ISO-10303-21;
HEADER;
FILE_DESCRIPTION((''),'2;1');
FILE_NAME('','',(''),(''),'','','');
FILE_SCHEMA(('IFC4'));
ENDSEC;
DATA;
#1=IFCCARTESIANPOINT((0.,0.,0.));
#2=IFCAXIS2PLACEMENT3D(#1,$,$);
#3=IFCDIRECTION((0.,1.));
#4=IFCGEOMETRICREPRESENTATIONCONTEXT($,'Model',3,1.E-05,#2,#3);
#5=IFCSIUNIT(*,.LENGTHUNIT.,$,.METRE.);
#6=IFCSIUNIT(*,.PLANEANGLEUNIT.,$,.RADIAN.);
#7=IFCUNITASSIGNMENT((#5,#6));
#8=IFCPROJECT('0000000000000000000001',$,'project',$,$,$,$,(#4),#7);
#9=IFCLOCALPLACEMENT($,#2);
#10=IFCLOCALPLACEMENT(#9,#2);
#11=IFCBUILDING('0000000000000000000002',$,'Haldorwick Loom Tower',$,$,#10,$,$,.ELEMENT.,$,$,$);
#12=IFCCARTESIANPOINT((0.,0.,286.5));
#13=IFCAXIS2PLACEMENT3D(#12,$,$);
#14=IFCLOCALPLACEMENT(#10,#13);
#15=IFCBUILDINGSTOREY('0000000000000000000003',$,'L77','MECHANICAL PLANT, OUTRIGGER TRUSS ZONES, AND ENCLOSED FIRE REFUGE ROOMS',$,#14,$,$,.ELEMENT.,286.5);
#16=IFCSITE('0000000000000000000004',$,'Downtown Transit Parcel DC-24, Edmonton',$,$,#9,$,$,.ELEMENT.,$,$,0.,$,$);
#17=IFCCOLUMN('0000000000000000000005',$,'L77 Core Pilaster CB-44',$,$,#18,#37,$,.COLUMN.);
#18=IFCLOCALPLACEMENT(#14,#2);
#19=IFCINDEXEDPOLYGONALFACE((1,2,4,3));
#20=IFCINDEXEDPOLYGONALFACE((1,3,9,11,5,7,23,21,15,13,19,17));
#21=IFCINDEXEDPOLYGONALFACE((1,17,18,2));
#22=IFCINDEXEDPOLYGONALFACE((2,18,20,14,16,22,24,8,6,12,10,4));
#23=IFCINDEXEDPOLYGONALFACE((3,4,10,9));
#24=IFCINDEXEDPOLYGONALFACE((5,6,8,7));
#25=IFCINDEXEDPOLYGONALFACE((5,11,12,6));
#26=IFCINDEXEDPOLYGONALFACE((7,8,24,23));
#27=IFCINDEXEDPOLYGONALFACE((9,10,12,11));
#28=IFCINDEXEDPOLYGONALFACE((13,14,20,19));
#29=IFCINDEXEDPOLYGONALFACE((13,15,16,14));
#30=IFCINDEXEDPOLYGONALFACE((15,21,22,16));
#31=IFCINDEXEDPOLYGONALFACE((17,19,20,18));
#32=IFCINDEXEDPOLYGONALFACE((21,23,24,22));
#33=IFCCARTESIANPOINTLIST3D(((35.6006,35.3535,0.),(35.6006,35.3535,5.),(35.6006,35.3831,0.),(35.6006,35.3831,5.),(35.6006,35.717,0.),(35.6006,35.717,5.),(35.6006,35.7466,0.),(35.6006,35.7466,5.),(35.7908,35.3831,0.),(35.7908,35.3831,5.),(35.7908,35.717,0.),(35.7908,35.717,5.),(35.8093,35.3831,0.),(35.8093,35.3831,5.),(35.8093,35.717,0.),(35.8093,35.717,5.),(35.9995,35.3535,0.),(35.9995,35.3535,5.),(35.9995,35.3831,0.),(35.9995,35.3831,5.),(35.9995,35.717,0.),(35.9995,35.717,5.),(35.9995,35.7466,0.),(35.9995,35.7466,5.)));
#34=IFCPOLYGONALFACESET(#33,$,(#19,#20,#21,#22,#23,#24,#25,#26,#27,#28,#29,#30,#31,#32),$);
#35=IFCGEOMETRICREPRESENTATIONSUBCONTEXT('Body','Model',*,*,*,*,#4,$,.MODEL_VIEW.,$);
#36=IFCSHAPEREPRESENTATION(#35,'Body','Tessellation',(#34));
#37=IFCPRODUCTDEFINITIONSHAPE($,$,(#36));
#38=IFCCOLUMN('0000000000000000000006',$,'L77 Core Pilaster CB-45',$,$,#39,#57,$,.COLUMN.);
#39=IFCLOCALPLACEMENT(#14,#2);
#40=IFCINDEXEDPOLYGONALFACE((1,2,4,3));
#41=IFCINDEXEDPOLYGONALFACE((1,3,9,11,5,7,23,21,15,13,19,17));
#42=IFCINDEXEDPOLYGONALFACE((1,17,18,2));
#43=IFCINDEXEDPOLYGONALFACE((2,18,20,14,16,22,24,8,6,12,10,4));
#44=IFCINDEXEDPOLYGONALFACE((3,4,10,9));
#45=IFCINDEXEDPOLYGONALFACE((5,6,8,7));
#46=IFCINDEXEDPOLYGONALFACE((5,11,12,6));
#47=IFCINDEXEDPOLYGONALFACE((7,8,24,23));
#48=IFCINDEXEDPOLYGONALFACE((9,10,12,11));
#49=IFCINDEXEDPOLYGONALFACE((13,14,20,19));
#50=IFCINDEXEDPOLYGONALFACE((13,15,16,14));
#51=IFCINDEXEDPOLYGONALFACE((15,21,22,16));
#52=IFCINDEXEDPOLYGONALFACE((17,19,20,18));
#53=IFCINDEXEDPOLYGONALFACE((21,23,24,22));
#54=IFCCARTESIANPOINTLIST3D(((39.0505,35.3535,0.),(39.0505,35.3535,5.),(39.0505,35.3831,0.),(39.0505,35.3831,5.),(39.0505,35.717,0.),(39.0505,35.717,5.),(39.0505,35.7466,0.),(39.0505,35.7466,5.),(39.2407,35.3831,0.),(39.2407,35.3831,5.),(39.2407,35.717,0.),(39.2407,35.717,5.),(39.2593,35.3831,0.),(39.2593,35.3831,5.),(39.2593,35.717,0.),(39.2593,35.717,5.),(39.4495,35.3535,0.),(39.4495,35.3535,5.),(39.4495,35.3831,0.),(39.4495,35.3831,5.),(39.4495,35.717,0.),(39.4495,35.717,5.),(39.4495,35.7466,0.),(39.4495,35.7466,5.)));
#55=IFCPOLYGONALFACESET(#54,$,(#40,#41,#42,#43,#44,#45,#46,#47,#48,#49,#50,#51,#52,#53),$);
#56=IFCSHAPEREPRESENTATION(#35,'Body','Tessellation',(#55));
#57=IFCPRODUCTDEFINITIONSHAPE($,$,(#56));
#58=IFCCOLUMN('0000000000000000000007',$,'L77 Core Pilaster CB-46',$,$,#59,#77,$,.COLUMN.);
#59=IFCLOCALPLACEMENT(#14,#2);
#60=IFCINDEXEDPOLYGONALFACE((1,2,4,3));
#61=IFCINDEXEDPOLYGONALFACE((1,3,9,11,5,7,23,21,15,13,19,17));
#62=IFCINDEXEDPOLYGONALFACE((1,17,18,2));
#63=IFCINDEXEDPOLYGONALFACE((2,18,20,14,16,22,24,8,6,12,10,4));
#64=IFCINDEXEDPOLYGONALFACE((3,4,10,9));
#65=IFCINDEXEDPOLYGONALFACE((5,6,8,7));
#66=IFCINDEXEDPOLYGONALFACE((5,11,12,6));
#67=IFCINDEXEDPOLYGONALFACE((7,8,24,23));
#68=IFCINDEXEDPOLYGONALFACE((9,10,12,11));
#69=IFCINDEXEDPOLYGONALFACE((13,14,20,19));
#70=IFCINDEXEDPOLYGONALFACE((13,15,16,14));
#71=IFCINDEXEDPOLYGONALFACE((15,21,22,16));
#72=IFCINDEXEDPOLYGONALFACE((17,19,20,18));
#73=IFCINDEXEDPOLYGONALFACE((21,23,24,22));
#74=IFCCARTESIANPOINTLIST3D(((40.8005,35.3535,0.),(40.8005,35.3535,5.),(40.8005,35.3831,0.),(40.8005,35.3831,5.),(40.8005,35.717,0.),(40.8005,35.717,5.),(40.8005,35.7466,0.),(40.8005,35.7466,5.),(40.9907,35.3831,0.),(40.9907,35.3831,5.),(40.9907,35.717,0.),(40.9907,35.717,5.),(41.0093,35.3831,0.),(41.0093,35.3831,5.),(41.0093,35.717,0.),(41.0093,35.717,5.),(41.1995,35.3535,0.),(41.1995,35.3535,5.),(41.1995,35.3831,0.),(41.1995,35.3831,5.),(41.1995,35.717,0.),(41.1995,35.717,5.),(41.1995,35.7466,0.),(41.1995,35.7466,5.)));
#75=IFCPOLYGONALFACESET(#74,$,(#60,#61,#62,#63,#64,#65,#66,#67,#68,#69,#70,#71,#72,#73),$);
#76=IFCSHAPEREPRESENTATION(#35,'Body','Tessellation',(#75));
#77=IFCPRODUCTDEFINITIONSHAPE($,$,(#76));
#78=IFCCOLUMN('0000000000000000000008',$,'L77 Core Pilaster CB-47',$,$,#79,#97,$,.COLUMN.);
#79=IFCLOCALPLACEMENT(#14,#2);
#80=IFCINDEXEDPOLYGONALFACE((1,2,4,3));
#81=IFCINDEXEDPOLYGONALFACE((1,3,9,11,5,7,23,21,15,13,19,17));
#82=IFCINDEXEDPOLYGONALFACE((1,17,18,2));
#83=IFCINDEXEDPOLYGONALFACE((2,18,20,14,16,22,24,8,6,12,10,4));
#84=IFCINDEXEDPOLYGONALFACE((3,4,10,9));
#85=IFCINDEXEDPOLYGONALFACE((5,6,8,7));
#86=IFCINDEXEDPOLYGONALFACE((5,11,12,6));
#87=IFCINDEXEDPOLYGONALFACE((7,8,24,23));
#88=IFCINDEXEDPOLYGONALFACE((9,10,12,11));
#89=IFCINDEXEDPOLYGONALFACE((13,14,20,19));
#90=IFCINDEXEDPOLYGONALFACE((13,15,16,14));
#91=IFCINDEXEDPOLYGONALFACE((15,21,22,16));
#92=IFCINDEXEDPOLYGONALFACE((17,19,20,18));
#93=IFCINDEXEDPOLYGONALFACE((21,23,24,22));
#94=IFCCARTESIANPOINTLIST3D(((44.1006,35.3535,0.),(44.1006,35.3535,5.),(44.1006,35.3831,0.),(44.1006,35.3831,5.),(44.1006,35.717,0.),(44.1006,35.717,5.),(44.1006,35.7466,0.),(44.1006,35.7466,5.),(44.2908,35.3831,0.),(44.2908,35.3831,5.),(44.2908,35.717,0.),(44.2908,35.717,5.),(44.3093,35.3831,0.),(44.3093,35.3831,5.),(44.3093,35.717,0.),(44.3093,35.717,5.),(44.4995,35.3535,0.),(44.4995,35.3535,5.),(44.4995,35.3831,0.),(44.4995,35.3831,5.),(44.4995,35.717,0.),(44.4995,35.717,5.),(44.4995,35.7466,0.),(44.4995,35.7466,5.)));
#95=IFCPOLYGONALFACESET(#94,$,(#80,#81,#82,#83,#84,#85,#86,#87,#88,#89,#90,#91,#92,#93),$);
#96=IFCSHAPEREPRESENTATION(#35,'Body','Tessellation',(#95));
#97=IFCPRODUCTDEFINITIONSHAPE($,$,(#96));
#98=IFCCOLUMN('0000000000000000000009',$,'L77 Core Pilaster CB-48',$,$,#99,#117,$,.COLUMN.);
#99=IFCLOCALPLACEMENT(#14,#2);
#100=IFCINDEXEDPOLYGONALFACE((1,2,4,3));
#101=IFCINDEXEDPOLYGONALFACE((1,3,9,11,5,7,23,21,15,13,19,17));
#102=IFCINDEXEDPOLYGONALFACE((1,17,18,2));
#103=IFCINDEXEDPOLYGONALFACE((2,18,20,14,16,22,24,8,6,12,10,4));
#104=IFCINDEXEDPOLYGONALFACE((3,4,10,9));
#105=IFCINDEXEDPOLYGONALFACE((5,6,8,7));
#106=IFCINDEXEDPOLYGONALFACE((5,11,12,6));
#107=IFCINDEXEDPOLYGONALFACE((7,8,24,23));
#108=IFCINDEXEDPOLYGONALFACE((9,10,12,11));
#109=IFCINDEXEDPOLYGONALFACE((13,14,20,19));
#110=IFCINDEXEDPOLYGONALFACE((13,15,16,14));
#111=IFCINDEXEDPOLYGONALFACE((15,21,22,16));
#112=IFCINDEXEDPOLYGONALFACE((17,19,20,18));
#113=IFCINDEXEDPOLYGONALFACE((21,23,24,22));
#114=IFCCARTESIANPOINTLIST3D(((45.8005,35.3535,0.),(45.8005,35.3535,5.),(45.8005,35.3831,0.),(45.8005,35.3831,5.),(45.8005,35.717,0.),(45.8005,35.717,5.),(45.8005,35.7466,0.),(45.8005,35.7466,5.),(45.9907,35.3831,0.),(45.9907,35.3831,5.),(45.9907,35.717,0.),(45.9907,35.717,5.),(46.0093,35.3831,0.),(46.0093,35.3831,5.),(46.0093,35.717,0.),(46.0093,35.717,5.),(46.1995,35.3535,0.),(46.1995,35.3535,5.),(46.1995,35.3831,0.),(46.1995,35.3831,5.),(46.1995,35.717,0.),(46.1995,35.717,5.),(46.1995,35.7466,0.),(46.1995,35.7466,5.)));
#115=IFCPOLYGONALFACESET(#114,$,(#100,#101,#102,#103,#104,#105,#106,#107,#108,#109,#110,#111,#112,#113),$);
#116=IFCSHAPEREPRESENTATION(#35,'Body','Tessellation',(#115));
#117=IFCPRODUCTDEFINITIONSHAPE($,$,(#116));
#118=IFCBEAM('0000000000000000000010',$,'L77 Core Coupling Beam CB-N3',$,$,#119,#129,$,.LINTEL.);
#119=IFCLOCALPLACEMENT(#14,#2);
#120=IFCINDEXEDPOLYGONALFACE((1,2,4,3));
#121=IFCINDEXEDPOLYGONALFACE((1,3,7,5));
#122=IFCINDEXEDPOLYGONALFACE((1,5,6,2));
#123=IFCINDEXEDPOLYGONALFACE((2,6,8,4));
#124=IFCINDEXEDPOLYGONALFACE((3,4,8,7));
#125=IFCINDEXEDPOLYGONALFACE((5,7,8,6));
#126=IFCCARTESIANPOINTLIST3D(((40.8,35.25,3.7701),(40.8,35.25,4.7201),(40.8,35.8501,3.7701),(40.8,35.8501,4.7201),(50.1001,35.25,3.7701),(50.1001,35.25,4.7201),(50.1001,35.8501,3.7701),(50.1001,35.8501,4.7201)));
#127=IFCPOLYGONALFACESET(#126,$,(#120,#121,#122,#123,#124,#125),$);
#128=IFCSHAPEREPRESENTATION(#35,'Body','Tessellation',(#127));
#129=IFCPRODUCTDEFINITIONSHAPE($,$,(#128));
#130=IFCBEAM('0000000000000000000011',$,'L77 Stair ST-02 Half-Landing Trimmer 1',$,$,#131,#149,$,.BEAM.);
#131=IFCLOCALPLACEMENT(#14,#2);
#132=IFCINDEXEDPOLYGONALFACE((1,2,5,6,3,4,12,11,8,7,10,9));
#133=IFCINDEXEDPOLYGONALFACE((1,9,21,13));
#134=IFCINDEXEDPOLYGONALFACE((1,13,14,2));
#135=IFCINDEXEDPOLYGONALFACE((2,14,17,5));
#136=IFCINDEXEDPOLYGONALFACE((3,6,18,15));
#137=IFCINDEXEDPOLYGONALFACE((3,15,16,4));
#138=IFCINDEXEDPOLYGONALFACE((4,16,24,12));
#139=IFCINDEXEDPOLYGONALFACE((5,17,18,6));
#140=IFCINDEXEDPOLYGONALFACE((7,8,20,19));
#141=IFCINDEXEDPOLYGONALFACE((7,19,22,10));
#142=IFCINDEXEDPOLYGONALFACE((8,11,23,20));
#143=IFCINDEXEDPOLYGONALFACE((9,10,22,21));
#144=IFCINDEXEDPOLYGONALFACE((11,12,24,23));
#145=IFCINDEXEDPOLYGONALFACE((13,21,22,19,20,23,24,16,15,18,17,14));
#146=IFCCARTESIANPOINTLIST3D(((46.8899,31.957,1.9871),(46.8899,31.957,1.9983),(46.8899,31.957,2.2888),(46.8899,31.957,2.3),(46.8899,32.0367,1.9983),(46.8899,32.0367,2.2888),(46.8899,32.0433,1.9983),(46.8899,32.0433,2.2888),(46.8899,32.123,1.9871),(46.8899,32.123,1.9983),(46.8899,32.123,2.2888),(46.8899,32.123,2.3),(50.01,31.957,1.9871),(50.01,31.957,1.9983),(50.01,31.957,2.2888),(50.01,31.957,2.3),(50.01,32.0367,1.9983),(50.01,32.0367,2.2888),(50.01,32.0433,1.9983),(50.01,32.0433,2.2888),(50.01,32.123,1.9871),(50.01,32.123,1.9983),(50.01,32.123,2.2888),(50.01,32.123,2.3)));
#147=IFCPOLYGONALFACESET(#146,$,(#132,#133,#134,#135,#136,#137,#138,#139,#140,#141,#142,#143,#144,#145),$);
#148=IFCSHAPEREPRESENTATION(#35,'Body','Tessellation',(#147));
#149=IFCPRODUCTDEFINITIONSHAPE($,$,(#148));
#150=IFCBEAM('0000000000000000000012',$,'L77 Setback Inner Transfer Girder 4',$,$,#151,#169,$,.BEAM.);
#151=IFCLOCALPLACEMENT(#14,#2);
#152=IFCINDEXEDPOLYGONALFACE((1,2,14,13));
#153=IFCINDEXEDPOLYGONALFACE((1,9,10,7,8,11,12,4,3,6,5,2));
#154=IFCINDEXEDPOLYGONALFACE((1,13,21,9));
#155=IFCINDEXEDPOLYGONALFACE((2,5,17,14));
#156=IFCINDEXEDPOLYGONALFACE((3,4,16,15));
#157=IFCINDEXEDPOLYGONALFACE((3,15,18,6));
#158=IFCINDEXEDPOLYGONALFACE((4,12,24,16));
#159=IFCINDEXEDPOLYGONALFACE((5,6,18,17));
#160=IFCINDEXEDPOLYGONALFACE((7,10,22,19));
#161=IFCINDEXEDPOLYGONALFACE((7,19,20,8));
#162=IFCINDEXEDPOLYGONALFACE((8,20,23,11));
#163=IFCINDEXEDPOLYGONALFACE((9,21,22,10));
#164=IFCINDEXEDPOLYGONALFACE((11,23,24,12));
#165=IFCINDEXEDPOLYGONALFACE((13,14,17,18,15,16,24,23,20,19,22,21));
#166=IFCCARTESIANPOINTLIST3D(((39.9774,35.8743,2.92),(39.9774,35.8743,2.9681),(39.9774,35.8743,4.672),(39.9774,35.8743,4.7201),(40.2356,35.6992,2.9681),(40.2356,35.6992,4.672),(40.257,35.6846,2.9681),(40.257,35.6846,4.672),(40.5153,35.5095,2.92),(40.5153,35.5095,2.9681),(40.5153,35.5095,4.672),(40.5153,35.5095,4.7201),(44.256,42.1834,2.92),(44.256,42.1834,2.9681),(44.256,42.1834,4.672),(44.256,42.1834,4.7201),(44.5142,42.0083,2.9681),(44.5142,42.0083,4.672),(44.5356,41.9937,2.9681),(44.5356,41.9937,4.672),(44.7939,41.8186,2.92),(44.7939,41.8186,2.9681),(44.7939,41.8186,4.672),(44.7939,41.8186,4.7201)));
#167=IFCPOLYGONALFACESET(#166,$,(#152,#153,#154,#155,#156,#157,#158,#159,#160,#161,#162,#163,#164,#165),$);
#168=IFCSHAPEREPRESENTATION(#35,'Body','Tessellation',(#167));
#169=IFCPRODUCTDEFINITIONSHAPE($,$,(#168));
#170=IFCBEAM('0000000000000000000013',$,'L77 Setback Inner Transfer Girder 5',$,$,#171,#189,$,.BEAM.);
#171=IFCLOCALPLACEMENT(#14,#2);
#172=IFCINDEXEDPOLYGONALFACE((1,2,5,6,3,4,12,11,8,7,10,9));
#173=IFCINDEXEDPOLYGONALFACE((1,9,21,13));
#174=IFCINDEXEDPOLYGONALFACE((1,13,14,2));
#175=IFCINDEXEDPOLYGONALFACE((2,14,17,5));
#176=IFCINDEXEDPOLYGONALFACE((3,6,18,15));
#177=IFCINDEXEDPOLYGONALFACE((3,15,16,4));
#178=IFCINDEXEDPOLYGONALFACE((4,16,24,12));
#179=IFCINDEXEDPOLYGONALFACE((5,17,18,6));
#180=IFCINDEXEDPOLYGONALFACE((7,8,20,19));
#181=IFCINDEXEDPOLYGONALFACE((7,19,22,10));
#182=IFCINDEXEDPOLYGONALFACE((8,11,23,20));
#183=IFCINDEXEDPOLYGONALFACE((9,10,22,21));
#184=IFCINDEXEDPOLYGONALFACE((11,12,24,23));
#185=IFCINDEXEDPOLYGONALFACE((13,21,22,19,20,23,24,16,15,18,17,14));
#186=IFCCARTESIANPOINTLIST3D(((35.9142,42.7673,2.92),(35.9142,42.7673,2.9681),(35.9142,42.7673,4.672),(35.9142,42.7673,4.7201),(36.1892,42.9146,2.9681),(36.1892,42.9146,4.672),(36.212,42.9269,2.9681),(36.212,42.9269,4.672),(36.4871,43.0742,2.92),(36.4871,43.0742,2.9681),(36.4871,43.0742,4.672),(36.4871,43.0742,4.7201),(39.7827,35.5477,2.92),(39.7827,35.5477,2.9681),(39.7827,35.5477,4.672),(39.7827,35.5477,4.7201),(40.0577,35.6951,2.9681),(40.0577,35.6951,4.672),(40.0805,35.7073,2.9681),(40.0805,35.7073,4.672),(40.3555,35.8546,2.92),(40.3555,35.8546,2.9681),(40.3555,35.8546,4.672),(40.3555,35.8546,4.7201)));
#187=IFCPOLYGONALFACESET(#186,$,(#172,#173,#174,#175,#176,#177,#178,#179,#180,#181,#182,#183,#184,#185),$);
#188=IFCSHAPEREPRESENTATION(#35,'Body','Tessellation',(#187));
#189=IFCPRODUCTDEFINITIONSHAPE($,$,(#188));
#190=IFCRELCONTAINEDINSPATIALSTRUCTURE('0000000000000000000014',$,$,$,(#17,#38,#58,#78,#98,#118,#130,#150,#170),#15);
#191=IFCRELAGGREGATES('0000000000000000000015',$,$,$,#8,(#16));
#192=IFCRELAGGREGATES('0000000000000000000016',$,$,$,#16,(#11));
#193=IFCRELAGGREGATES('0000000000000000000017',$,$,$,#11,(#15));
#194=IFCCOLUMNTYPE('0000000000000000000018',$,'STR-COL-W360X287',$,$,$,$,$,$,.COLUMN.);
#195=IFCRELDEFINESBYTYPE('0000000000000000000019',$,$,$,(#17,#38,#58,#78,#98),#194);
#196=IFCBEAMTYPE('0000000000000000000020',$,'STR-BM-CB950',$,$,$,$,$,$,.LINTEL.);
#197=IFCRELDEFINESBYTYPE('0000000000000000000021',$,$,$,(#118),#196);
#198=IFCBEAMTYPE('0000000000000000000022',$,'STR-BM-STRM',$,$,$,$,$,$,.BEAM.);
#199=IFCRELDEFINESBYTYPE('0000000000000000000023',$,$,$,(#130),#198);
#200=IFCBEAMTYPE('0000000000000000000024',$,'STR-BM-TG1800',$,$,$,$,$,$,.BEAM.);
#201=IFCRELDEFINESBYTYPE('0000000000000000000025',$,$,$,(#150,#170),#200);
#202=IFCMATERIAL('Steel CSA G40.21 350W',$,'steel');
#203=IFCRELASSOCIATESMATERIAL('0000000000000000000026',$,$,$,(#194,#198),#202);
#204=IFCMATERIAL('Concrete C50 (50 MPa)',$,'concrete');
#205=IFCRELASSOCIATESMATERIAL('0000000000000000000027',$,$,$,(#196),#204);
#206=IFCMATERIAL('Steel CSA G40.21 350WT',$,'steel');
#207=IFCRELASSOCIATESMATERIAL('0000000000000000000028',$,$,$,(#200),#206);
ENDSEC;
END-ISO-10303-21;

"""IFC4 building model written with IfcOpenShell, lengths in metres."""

from ifc_helpers import new_model, si_unit, direction, frame, origin, origin_2d, place, context, subcontext, project, spatial, rectangle, i_section, extrude, material, material_profile, profile_set, type_object, element, save


model = new_model("IFC4")

# Units and contexts
model_context = context("Model", 3, precision=1e-05, world=origin(), true_north=direction((0.0, 1.0)))
body_context = subcontext(model_context, "Body", "Model", "MODEL_VIEW")
ifc_project = project(units=[si_unit("LENGTHUNIT", "METRE"), si_unit("PLANEANGLEUNIT", "RADIAN")], contexts=[model_context])

# Site, building, storey
site_placement = place(None, origin())
site = spatial("IfcSite", under=ifc_project, at=site_placement, Name="Downtown Transit Parcel DC-24, Edmonton", CompositionType="ELEMENT", RefElevation=0.0)
building_placement = place(site_placement, origin())
building = spatial("IfcBuilding", under=site, at=building_placement, Name="Haldorwick Loom Tower", CompositionType="ELEMENT")
storey_placement = place(building_placement, frame((0.0, 0.0, 286.5)))
storey = spatial("IfcBuildingStorey", under=building, at=storey_placement, Name="L77", Description="MECHANICAL PLANT, OUTRIGGER TRUSS ZONES, AND ENCLOSED FIRE REFUGE ROOMS", CompositionType="ELEMENT", Elevation=286.5)

# Columns
ifc_material_1 = material(Name="Steel CSA G40.21 350W", Category="steel")
ifc_material_profile_1 = material_profile(ifc_material_1, i_section(OverallWidth=0.3989, OverallDepth=0.3931, WebThickness=0.0186, FlangeThickness=0.0295, at=origin_2d()), Name="W360X287", Category="steel")
ifc_profile_set_1 = profile_set([ifc_material_profile_1], Name="Steel CSA G40.21 350W")
column_type = type_object("IfcColumnType", Name="STR-COL-W360X287", PredefinedType="COLUMN", material=ifc_profile_set_1)
for number, where, z_axis, x_axis, name in (
    (1, (35.8, 35.55, 0.0), (0.0, 0.0, 1.0), (1.0, 0.0, 0.0), "L77 Core Pilaster CB-44"),
    (2, (39.25, 35.55, 0.0), (0.0, 0.0, 1.0), (1.0, 0.0, 0.0), "L77 Core Pilaster CB-45"),
    (3, (41.0, 35.55, 0.0), (0.0, 0.0, 1.0), (1.0, 0.0, 0.0), "L77 Core Pilaster CB-46"),
    (4, (44.3, 35.55, 0.0), (0.0, 0.0, 1.0), (1.0, 0.0, 0.0), "L77 Core Pilaster CB-47"),
    (5, (46.0, 35.55, 0.0), (0.0, 0.0, 1.0), (1.0, 0.0, 0.0), "L77 Core Pilaster CB-48"),
):
    element("IfcColumn", number, at=place(storey_placement, frame(where, z_axis=z_axis, x_axis=x_axis)), inside=storey, type_object=column_type, Name=name, PredefinedType="COLUMN", context=body_context, shape_type="SweptSolid", body=[
        extrude(i_section(OverallWidth=0.3989, OverallDepth=0.3931, WebThickness=0.0186, FlangeThickness=0.0295, at=origin_2d()), origin(), (0.0, 0.0, 1.0), 5.0),
    ])

# Beams
ifc_material_2 = material(Name="Concrete C50 (50 MPa)", Category="concrete")
ifc_material_profile_2 = material_profile(ifc_material_2, rectangle(XDim=0.6001, YDim=0.95, at=origin_2d()), Name="RC600X950", Category="concrete")
ifc_profile_set_2 = profile_set([ifc_material_profile_2], Name="Concrete C50 (50 MPa)")
beam_type_1 = type_object("IfcBeamType", Name="STR-BM-CB950", PredefinedType="LINTEL", material=ifc_profile_set_2)
beam_1_placement = place(storey_placement, frame((40.8, 35.55, 4.2451), z_axis=(1.0, 0.0, 0.0), x_axis=(0.0, 1.0, 0.0)))
element("IfcBeam", 6, at=beam_1_placement, inside=storey, type_object=beam_type_1, Name="L77 Core Coupling Beam CB-N3", PredefinedType="LINTEL", context=body_context, shape_type="SweptSolid", body=[
    extrude(rectangle(XDim=0.6001, YDim=0.95, at=origin_2d()), origin(), (0.0, 0.0, 1.0), 9.3),
])
ifc_material_profile_3 = material_profile(ifc_material_1, i_section(OverallWidth=0.166, OverallDepth=0.313, WebThickness=0.0066, FlangeThickness=0.0112, at=origin_2d()), Name="W310X45", Category="steel")
ifc_profile_set_3 = profile_set([ifc_material_profile_3], Name="Steel CSA G40.21 350W")
beam_type_2 = type_object("IfcBeamType", Name="STR-BM-STRM", PredefinedType="BEAM", material=ifc_profile_set_3)
beam_2_placement = place(storey_placement, frame((46.8899, 32.04, 2.1436), z_axis=(1.0, 0.0, 0.0), x_axis=(0.0, 1.0, 0.0)))
element("IfcBeam", 7, at=beam_2_placement, inside=storey, type_object=beam_type_2, Name="L77 Stair ST-02 Half-Landing Trimmer 1", PredefinedType="BEAM", context=body_context, shape_type="SweptSolid", body=[
    extrude(i_section(OverallWidth=0.166, OverallDepth=0.313, WebThickness=0.0066, FlangeThickness=0.0112, at=origin_2d()), origin(), (0.0, 0.0, 1.0), 3.1201),
])
ifc_material_3 = material(Name="Steel CSA G40.21 350WT", Category="steel")
ifc_material_profile_4 = material_profile(ifc_material_3, i_section(OverallWidth=0.6499, OverallDepth=1.8, WebThickness=0.0259, FlangeThickness=0.0481, at=origin_2d()), Name="WWF1800X650", Category="steel")
ifc_profile_set_4 = profile_set([ifc_material_profile_4], Name="Steel CSA G40.21 350WT")
beam_type_3 = type_object("IfcBeamType", Name="STR-BM-TG1800", PredefinedType="BEAM", material=ifc_profile_set_4)
beam_3_placement = place(storey_placement, frame((40.2463, 35.6919, 3.8201), z_axis=(0.561268, 0.827634, 0.0), x_axis=(-0.827634, 0.561268, 0.0)))
element("IfcBeam", 8, at=beam_3_placement, inside=storey, type_object=beam_type_3, Name="L77 Setback Inner Transfer Girder 4", PredefinedType="BEAM", context=body_context, shape_type="SweptSolid", body=[
    extrude(i_section(OverallWidth=0.6499, OverallDepth=1.8, WebThickness=0.0259, FlangeThickness=0.0481, at=origin_2d()), origin(), (0.0, 0.0, 1.0), 7.623),
])
beam_4_placement = place(storey_placement, frame((40.0691, 35.7012, 3.8201), z_axis=(-0.4723, 0.881438, 0.0), x_axis=(-0.881438, -0.4723, 0.0)))
element("IfcBeam", 9, at=beam_4_placement, inside=storey, type_object=beam_type_3, Name="L77 Setback Inner Transfer Girder 5", PredefinedType="BEAM", context=body_context, shape_type="SweptSolid", body=[
    extrude(i_section(OverallWidth=0.6499, OverallDepth=1.8, WebThickness=0.0259, FlangeThickness=0.0481, at=origin_2d()), origin(), (0.0, 0.0, 1.0), 8.1907),
])

save(model, "model.ifc")
